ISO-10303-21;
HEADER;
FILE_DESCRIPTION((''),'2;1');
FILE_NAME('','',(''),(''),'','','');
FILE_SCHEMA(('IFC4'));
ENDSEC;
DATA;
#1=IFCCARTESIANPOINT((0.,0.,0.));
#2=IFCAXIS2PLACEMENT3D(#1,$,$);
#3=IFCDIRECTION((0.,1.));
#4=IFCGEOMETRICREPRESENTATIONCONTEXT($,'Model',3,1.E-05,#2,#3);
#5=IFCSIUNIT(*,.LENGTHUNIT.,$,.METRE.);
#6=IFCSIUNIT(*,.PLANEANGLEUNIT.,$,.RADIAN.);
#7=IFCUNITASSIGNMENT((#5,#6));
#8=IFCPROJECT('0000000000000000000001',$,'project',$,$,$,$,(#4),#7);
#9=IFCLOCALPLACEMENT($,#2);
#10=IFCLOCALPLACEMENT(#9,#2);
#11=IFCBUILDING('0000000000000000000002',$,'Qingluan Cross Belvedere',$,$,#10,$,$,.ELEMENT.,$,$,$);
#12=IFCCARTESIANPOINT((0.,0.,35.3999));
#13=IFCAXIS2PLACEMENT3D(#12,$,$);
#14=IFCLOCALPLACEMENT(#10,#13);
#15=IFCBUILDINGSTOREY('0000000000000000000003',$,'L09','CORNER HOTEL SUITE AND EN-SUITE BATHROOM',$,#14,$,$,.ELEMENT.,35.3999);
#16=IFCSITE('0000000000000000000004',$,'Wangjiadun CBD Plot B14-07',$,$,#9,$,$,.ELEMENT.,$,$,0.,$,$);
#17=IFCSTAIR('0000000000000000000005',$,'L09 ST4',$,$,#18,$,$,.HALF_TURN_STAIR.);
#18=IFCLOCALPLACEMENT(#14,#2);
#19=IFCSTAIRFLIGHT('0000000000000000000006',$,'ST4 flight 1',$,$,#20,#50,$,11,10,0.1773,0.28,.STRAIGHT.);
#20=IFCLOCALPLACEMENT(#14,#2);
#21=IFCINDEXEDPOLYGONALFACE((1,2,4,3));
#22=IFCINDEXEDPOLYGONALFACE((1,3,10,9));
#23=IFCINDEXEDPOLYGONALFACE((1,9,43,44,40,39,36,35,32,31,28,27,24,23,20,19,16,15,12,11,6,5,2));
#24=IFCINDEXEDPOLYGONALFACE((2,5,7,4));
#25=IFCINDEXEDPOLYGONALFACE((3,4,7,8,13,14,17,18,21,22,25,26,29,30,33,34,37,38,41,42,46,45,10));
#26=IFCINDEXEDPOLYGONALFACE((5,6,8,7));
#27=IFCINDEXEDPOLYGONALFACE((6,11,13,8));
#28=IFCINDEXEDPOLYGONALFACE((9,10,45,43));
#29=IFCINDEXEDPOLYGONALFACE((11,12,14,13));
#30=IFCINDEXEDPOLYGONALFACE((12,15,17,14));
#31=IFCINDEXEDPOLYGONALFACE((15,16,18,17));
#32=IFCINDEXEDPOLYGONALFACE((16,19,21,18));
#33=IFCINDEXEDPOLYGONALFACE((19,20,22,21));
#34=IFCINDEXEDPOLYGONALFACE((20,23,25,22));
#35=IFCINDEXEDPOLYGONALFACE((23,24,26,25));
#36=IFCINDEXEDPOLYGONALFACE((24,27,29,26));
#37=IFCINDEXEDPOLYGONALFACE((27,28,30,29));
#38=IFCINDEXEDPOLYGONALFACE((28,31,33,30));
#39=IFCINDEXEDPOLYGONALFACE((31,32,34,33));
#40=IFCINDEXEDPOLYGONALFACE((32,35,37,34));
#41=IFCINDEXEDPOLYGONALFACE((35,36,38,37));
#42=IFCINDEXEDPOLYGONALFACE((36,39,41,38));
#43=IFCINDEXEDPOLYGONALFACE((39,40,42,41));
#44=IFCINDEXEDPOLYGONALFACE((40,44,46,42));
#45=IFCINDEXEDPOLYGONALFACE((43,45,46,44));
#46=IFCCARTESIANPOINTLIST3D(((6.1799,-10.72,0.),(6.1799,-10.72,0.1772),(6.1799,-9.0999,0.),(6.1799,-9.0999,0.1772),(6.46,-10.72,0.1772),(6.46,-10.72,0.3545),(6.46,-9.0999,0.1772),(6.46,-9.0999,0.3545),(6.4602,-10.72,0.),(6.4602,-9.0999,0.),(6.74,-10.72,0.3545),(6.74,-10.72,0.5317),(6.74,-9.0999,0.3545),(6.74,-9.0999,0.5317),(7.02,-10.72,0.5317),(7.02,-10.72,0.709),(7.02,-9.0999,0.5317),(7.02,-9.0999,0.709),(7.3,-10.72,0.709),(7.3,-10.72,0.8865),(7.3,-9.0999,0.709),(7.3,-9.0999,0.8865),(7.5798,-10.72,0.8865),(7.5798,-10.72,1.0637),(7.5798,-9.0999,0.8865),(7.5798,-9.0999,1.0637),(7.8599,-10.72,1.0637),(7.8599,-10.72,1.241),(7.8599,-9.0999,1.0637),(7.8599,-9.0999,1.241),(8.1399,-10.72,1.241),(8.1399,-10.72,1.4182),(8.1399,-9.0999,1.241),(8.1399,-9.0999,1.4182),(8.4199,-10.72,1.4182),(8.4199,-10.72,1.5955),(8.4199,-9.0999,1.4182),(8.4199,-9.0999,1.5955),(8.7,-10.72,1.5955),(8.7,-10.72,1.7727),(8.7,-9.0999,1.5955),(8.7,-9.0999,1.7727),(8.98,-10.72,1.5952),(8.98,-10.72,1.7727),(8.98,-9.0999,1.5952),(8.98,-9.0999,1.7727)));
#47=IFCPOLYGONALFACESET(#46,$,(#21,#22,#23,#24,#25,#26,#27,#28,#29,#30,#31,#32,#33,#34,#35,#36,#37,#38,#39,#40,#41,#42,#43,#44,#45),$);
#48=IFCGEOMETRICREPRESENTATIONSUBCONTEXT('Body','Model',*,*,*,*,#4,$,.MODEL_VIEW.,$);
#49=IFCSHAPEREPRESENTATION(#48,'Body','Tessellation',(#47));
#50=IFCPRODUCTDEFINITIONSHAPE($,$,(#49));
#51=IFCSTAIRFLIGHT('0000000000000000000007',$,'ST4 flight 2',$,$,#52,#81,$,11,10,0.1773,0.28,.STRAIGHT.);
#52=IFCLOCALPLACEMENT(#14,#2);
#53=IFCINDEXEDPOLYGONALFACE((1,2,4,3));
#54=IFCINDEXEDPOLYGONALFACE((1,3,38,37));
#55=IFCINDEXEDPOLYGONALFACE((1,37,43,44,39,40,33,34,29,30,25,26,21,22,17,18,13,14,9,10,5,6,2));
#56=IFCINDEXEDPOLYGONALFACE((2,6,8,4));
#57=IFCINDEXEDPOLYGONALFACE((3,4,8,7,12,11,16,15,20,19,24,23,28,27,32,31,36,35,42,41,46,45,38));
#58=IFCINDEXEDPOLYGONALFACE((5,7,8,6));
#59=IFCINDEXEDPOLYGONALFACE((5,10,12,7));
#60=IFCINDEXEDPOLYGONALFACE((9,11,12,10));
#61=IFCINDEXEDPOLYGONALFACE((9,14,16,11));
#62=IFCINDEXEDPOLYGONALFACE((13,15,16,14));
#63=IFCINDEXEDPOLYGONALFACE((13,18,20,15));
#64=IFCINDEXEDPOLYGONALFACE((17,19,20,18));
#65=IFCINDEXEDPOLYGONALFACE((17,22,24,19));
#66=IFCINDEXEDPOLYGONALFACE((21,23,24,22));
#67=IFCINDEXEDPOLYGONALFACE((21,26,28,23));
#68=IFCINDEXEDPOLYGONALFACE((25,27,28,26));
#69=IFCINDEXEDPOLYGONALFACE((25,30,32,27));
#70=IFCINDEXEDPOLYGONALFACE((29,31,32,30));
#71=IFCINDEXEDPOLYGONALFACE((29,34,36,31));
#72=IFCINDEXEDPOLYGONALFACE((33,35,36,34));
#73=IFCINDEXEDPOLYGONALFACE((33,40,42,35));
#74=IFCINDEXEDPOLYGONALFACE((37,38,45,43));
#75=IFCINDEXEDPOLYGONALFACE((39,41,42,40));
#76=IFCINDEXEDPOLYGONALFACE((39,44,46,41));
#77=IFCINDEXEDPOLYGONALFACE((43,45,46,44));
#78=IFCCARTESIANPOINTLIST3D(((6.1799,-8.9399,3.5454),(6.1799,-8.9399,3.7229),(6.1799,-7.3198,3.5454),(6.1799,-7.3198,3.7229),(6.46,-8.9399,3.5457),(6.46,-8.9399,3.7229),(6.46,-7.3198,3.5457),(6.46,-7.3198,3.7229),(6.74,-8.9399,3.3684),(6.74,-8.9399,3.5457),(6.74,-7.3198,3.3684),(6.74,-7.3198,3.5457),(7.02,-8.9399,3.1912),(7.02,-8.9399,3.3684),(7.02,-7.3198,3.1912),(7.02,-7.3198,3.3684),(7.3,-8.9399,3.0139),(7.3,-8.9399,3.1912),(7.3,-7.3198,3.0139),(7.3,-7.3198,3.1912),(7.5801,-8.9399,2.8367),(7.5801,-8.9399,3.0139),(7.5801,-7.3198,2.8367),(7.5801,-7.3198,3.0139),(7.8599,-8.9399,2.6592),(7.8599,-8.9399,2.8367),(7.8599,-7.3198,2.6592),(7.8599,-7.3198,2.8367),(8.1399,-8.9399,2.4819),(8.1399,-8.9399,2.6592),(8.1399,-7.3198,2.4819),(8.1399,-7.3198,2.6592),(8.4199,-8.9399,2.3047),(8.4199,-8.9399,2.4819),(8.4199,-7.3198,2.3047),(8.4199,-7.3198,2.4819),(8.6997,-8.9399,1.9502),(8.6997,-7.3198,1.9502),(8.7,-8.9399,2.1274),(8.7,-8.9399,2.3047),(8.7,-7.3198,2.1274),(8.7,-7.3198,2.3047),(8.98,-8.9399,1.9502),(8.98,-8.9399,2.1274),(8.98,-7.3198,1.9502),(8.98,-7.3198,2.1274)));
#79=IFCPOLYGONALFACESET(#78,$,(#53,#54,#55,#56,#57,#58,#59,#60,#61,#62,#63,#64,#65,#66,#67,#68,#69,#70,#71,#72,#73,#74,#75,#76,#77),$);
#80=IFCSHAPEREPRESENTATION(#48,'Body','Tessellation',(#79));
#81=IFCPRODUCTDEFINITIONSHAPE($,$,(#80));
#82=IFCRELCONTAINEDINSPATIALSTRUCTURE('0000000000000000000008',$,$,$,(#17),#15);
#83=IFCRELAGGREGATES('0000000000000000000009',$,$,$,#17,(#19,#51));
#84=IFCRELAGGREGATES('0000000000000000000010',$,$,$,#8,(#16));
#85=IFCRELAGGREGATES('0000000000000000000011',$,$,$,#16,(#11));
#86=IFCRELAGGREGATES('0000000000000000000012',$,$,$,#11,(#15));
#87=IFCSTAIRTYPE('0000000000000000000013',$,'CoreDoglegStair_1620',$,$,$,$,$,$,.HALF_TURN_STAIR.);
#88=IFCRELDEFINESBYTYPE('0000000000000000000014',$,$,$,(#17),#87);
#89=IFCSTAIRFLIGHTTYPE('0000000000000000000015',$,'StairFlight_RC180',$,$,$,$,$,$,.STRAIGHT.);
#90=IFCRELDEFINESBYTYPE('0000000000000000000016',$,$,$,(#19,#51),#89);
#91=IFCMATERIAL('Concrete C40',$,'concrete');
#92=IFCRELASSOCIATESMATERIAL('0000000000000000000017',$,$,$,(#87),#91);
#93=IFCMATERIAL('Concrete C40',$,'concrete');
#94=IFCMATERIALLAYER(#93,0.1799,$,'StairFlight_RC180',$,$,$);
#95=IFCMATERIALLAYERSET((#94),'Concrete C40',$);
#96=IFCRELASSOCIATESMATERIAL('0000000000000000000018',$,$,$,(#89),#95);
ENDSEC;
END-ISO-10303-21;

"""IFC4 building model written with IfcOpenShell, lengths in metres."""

from ifc_helpers import new_model, si_unit, direction, frame, origin, place, context, subcontext, project, spatial, polyline, outline, extrude, material, layer, layer_set, type_object, element, aggregate, save


model = new_model("IFC4")

# Units and contexts
model_context = context("Model", 3, precision=1e-05, world=origin(), true_north=direction((0.0, 1.0)))
body_context = subcontext(model_context, "Body", "Model", "MODEL_VIEW")
ifc_project = project(units=[si_unit("LENGTHUNIT", "METRE"), si_unit("PLANEANGLEUNIT", "RADIAN")], contexts=[model_context])

# Site, building, storey
site_placement = place(None, origin())
site = spatial("IfcSite", under=ifc_project, at=site_placement, Name="Wangjiadun CBD Plot B14-07", CompositionType="ELEMENT", RefElevation=0.0)
building_placement = place(site_placement, origin())
building = spatial("IfcBuilding", under=site, at=building_placement, Name="Qingluan Cross Belvedere", CompositionType="ELEMENT")
storey_placement = place(building_placement, frame((0.0, 0.0, 35.3999)))
storey = spatial("IfcBuildingStorey", under=building, at=storey_placement, Name="L09", Description="CORNER HOTEL SUITE AND EN-SUITE BATHROOM", CompositionType="ELEMENT", Elevation=35.3999)

# Shared definitions
ifc_material_1 = material(Name="Concrete C40", Category="concrete")
stair_type = type_object("IfcStairType", Name="CoreDoglegStair_1620", PredefinedType="HALF_TURN_STAIR", material=ifc_material_1)
ifc_material_2 = material(Name="Concrete C40", Category="concrete")
ifc_layer_1 = layer(ifc_material_2, 0.1799, Name="StairFlight_RC180")
ifc_layer_set_1 = layer_set([ifc_layer_1], Name="Concrete C40")
stair_flight_type = type_object("IfcStairFlightType", Name="StairFlight_RC180", PredefinedType="STRAIGHT", material=ifc_layer_set_1)

# Stair, stair flights
stair_1_placement = place(storey_placement, origin())
stair_1 = element("IfcStair", 1, at=stair_1_placement, inside=storey, type_object=stair_type, Name="L09 ST4", PredefinedType="HALF_TURN_STAIR")
stair_flight_1_placement = place(storey_placement, frame((6.1799, -9.9099, 0.0), z_axis=(0.0, 0.0, 1.0), x_axis=(1.0, 0.0, 0.0)))
stair_flight_1 = element("IfcStairFlight", 2, at=stair_flight_1_placement, type_object=stair_flight_type, Name="ST4 flight 1", NumberOfRisers=11, NumberOfTreads=10, PredefinedType="STRAIGHT", RiserHeight=0.1773, TreadLength=0.28, context=body_context, shape_type="SweptSolid", body=[
    extrude(outline(polyline([(0.0, 0.0), (0.0, 0.1772), (0.28, 0.1772), (0.28, 0.3545), (0.5601, 0.3545), (0.5601, 0.5317), (0.8401, 0.5317), (0.8401, 0.709), (1.1201, 0.709), (1.1201, 0.8865), (1.3999, 0.8865), (1.3999, 1.0637), (1.6799, 1.0637), (1.6799, 1.241), (1.96, 1.241), (1.96, 1.4182), (2.24, 1.4182), (2.24, 1.5955), (2.52, 1.5955), (2.52, 1.7727), (2.8, 1.7727), (2.8, 1.95), (2.8, 1.5952), (0.2803, 0.0), (0.0, 0.0)])), frame((0.0, 0.8101, 0.0), z_axis=(0.0, -1.0, 0.0), x_axis=(1.0, 0.0, 0.0)), (0.0, 0.0, 1.0), 1.6201),
])
stair_flight_2_placement = place(storey_placement, frame((8.98, -8.1299, 1.9502), z_axis=(0.0, 0.0, 1.0), x_axis=(-1.0, 0.0, 0.0)))
stair_flight_2 = element("IfcStairFlight", 3, at=stair_flight_2_placement, type_object=stair_flight_type, Name="ST4 flight 2", NumberOfRisers=11, NumberOfTreads=10, PredefinedType="STRAIGHT", RiserHeight=0.1773, TreadLength=0.28, context=body_context, shape_type="SweptSolid", body=[
    extrude(outline(polyline([(0.0, 0.0), (0.0, 0.1772), (0.28, 0.1772), (0.28, 0.3545), (0.5601, 0.3545), (0.5601, 0.5317), (0.8401, 0.5317), (0.8401, 0.709), (1.1201, 0.709), (1.1201, 0.8865), (1.3999, 0.8865), (1.3999, 1.0637), (1.6799, 1.0637), (1.6799, 1.241), (1.96, 1.241), (1.96, 1.4182), (2.24, 1.4182), (2.24, 1.5955), (2.52, 1.5955), (2.52, 1.7727), (2.8, 1.7727), (2.8, 1.95), (2.8, 1.5952), (0.2803, 0.0), (0.0, 0.0)])), frame((0.0, 0.8101, 0.0), z_axis=(0.0, -1.0, 0.0), x_axis=(1.0, 0.0, 0.0)), (0.0, 0.0, 1.0), 1.6201),
])
aggregate(stair_1, [stair_flight_1, stair_flight_2])

save(model, "model.ifc")
